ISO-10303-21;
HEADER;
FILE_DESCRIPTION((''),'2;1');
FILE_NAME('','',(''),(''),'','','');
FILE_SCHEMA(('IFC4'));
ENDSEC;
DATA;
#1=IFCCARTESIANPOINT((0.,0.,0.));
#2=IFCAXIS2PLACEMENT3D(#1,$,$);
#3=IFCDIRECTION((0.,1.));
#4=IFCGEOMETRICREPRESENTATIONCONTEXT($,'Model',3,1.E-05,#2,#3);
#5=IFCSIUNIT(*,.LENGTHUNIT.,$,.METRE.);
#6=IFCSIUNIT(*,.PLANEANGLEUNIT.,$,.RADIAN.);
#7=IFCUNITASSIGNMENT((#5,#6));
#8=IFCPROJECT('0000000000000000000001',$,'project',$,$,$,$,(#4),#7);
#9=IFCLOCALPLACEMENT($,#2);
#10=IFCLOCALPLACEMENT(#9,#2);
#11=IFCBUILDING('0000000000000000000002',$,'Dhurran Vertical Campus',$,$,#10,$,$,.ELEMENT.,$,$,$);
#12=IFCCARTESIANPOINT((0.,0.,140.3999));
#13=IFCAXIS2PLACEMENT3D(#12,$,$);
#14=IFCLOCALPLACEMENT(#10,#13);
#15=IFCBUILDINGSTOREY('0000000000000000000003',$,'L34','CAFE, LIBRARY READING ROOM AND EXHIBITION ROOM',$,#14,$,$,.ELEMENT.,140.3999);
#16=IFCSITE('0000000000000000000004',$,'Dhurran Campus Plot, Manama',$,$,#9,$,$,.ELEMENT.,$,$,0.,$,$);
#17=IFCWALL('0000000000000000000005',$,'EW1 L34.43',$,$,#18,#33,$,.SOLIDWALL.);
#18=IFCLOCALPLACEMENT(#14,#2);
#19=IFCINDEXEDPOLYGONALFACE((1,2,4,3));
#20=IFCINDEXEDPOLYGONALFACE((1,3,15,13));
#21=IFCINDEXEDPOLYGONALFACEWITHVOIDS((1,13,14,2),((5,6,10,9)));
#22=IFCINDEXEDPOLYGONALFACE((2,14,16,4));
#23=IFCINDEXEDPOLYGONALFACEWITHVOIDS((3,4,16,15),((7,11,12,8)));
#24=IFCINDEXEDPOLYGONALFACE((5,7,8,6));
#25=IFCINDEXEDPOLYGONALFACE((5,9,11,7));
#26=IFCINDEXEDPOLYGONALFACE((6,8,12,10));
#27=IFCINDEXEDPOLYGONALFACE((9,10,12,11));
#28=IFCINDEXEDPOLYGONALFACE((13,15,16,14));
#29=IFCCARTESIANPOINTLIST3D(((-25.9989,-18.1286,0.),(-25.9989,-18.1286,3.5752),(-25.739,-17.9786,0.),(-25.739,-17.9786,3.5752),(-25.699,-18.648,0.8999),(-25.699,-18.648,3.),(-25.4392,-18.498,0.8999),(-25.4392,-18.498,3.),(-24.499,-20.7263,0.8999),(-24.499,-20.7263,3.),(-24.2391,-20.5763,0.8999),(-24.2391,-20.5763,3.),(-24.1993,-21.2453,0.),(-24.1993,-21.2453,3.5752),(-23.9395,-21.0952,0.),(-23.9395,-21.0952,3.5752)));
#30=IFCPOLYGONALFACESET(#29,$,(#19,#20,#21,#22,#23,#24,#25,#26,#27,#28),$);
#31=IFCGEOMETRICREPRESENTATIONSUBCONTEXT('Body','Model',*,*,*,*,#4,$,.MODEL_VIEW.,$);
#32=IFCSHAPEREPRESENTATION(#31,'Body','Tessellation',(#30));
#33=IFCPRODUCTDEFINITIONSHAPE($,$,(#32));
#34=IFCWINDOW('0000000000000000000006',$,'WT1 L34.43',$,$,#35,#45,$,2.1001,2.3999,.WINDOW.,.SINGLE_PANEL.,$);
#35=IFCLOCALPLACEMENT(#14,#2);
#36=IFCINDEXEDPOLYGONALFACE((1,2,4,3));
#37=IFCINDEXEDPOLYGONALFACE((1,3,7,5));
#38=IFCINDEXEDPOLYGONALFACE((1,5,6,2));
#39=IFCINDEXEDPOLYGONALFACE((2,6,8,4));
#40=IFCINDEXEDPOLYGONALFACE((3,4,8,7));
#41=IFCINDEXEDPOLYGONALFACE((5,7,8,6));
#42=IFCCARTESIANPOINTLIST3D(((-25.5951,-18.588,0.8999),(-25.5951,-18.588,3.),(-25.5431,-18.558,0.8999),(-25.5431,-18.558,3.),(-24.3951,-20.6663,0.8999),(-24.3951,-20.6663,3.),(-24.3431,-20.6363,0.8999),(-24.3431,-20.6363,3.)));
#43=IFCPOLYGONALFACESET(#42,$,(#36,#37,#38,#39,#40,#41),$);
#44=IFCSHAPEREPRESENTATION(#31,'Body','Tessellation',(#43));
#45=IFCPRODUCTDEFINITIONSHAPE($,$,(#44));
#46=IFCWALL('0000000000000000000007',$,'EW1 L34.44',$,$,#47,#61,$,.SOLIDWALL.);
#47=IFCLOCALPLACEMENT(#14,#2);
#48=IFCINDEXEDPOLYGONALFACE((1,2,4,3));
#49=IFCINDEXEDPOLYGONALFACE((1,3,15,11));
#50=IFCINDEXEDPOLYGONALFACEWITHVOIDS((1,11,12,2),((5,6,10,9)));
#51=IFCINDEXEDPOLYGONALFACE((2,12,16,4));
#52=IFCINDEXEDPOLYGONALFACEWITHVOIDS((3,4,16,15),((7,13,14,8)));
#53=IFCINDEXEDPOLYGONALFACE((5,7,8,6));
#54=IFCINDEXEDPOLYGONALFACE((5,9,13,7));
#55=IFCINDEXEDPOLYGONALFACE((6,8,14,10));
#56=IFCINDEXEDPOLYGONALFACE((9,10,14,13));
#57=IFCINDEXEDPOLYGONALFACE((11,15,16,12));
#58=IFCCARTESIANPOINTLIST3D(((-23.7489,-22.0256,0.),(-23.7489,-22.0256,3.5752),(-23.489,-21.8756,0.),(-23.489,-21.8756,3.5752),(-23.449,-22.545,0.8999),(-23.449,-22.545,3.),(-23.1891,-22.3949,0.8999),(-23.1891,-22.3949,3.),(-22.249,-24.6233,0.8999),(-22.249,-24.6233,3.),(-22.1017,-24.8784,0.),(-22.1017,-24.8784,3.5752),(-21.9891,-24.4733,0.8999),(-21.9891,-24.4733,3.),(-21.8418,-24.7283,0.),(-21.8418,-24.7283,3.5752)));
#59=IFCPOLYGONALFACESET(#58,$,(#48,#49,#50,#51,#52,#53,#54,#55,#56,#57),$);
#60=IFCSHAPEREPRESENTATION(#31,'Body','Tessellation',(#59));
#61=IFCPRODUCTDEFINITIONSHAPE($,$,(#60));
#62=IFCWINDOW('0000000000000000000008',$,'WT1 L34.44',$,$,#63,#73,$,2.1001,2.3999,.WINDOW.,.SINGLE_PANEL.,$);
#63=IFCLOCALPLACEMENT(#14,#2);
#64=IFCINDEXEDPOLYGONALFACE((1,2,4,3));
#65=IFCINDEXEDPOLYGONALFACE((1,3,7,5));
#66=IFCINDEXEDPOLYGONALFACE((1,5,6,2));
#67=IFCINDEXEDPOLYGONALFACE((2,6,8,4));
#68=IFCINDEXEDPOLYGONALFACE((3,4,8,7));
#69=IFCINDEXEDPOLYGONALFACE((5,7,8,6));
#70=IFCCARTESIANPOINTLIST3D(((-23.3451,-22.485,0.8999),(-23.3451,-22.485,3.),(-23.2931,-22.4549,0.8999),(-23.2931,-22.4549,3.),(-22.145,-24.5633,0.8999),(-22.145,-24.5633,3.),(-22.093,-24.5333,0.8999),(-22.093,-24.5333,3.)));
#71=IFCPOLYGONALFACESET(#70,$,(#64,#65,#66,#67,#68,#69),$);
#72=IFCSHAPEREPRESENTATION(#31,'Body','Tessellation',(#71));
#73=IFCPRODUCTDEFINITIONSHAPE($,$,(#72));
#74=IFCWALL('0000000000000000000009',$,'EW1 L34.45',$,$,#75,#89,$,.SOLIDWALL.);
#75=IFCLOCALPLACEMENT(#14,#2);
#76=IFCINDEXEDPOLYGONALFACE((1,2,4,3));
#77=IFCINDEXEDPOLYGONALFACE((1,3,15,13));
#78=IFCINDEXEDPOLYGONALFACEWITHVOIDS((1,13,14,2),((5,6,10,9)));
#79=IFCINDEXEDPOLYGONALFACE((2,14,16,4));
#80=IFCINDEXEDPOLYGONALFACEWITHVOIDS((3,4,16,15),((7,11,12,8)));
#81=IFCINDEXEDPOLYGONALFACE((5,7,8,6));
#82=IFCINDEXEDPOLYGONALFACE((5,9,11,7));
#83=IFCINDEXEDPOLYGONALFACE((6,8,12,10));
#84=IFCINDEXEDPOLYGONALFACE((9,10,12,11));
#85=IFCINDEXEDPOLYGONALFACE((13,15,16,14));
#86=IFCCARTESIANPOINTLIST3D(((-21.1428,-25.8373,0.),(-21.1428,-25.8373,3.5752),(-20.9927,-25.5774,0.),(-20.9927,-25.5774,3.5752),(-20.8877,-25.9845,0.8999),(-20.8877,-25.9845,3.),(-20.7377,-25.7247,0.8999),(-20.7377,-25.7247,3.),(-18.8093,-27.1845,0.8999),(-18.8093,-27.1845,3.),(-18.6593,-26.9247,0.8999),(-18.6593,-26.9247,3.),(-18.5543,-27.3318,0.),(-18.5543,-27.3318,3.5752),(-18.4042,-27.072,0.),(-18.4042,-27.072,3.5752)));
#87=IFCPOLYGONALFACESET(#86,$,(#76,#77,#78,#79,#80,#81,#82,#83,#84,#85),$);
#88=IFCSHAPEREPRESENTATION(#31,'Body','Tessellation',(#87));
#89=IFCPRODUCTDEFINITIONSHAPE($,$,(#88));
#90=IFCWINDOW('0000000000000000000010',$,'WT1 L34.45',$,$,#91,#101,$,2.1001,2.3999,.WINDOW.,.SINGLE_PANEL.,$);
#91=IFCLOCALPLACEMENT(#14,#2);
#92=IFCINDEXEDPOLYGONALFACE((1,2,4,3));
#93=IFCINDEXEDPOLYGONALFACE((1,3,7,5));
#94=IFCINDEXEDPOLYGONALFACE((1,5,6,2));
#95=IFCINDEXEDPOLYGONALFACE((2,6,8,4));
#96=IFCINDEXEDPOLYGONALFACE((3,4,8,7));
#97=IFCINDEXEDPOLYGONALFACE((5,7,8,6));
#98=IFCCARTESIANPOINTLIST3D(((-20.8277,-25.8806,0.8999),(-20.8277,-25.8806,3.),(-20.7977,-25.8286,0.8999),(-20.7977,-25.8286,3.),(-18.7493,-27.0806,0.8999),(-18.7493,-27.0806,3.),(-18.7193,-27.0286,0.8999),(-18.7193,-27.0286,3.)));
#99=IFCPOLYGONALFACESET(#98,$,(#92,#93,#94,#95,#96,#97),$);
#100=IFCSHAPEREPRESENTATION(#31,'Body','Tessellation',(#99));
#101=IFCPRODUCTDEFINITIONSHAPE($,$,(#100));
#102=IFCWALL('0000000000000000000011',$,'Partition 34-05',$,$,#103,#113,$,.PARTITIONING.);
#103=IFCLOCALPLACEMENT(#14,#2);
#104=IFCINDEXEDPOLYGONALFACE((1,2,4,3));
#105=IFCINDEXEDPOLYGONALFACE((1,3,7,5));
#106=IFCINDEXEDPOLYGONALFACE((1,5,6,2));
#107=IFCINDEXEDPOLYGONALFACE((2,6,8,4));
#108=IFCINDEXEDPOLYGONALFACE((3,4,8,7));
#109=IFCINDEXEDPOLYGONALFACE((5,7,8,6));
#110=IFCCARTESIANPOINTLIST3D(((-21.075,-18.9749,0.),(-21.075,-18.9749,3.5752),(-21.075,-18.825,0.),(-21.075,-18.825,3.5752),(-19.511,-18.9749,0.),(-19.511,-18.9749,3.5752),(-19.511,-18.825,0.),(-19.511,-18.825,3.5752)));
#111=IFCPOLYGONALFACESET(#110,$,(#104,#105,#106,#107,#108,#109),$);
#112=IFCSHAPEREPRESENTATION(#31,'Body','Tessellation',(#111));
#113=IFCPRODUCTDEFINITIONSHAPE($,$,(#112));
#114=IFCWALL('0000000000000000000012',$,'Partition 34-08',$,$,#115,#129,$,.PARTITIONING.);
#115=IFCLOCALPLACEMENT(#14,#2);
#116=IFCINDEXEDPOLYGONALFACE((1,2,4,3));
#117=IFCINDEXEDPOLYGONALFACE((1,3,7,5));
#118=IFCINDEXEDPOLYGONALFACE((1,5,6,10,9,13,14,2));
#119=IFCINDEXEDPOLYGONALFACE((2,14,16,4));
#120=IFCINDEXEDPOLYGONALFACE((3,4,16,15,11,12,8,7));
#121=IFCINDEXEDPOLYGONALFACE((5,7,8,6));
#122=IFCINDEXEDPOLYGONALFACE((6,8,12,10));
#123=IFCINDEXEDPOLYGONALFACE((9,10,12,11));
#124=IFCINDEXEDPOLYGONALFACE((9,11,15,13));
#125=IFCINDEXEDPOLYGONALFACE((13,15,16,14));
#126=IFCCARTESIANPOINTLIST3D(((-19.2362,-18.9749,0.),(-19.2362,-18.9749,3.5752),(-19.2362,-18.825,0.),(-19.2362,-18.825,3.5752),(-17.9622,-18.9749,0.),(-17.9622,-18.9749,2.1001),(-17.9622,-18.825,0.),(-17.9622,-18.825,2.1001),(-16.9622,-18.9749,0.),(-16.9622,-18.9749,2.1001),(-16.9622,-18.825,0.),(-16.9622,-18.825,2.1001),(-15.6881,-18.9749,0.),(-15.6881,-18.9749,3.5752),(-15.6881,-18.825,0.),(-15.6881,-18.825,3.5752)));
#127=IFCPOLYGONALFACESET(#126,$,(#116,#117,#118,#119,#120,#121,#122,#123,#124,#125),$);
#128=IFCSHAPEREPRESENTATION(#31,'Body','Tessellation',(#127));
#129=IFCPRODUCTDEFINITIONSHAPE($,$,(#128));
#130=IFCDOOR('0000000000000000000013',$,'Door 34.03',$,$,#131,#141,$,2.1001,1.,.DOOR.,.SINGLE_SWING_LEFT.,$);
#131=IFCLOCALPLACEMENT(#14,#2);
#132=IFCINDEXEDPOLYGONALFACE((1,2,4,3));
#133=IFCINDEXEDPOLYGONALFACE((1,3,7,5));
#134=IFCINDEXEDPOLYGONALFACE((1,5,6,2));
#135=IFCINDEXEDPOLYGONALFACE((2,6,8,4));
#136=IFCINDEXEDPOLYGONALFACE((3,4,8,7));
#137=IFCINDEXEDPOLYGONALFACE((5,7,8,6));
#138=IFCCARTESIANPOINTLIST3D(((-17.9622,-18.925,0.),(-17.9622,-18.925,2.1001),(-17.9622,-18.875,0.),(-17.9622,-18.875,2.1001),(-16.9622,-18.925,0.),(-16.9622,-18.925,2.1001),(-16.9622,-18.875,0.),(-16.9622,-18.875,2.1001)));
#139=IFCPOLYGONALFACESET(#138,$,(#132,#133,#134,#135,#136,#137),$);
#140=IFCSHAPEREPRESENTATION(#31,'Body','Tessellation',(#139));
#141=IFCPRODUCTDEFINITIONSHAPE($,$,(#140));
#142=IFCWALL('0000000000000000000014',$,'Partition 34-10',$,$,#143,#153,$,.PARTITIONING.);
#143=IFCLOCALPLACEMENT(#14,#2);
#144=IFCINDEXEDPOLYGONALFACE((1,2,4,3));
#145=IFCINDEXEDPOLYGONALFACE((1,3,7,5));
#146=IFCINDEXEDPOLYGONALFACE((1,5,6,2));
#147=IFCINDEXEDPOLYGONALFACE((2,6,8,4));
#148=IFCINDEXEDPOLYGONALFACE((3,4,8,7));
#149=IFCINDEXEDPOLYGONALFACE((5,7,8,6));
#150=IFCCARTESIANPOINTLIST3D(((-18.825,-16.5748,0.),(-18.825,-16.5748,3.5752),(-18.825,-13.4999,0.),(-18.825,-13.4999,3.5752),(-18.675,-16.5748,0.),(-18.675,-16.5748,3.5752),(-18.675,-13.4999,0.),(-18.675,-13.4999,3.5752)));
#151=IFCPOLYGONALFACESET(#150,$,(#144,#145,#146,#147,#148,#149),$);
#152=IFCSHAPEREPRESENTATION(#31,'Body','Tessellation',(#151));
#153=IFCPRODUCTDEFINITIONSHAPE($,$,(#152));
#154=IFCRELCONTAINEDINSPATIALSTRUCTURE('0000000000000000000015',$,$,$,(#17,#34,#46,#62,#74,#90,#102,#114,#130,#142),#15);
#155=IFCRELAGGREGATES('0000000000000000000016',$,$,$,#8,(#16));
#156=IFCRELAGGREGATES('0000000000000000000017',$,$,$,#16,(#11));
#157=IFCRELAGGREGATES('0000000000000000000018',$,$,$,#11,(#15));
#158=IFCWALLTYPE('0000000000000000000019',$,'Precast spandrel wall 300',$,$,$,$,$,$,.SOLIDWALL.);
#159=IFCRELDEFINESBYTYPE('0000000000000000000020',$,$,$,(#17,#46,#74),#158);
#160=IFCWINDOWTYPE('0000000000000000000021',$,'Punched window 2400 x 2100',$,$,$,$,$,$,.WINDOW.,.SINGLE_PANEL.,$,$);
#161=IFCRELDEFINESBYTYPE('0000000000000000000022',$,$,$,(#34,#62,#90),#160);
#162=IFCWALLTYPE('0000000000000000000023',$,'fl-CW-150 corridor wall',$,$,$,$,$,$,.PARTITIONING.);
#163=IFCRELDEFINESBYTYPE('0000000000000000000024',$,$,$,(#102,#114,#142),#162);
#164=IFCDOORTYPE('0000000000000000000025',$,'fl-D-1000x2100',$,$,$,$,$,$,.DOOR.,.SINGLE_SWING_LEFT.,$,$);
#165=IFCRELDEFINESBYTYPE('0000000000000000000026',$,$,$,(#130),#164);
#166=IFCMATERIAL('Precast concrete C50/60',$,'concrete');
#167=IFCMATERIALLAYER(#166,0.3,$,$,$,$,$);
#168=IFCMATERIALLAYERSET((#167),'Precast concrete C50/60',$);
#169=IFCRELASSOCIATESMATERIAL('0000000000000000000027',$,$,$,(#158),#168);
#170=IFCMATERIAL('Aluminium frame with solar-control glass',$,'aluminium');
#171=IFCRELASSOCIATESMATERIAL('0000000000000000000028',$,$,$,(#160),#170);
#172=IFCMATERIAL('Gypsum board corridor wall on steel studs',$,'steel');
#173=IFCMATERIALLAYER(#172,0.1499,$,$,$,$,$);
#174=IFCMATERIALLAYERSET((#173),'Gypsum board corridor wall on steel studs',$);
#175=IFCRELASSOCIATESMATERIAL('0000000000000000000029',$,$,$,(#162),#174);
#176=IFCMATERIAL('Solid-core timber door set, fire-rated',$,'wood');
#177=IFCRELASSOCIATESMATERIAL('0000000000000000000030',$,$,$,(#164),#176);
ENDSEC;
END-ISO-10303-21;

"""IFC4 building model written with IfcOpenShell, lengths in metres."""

from ifc_helpers import new_model, si_unit, direction, frame, frame_2d, origin, place, context, subcontext, project, spatial, rectangle, extrude, material, layer, layer_set, type_object, element, fill, save


model = new_model("IFC4")

# Units and contexts
model_context = context("Model", 3, precision=1e-05, world=origin(), true_north=direction((0.0, 1.0)))
body_context = subcontext(model_context, "Body", "Model", "MODEL_VIEW")
ifc_project = project(units=[si_unit("LENGTHUNIT", "METRE"), si_unit("PLANEANGLEUNIT", "RADIAN")], contexts=[model_context])

# Site, building, storey
site_placement = place(None, origin())
site = spatial("IfcSite", under=ifc_project, at=site_placement, Name="Dhurran Campus Plot, Manama", CompositionType="ELEMENT", RefElevation=0.0)
building_placement = place(site_placement, origin())
building = spatial("IfcBuilding", under=site, at=building_placement, Name="Dhurran Vertical Campus", CompositionType="ELEMENT")
storey_placement = place(building_placement, frame((0.0, 0.0, 140.3999)))
storey = spatial("IfcBuildingStorey", under=building, at=storey_placement, Name="L34", Description="CAFE, LIBRARY READING ROOM AND EXHIBITION ROOM", CompositionType="ELEMENT", Elevation=140.3999)

# Walls, openings, windows
ifc_material_1 = material(Name="Precast concrete C50/60", Category="concrete")
ifc_layer_1 = layer(ifc_material_1, 0.3)
ifc_layer_set_1 = layer_set([ifc_layer_1], Name="Precast concrete C50/60")
wall_type_1 = type_object("IfcWallType", Name="Precast spandrel wall 300", PredefinedType="SOLIDWALL", material=ifc_layer_set_1)
ifc_material_2 = material(Name="Aluminium frame with solar-control glass", Category="aluminium")
window_type = type_object("IfcWindowType", Name="Punched window 2400 x 2100", PartitioningType="SINGLE_PANEL", PredefinedType="WINDOW", material=ifc_material_2)
wall_1_placement = place(storey_placement, frame((-25.8689, -18.0537, 0.0), z_axis=(0.0, 0.0, 1.0), x_axis=(0.500028, -0.866009, 0.0)))
wall_1 = element("IfcWall", 1, at=wall_1_placement, inside=storey, type_object=wall_type_1, Name="EW1 L34.43", PredefinedType="SOLIDWALL", context=body_context, shape_type="SweptSolid", body=[
    extrude(rectangle(XDim=3.5989, YDim=0.3, at=frame_2d((1.7993, 0.0))), origin(), (0.0, 0.0, 1.0), 3.5752),
])
opening_1_placement = place(wall_1_placement, frame((0.5996, 0.0, 0.8999)))
opening_1 = element("IfcOpeningElement", 2, at=opening_1_placement, cuts=wall_1, PredefinedType="OPENING", context=body_context, shape_type="SweptSolid", body=[
    extrude(rectangle(XDim=2.3999, YDim=2.1001, at=frame_2d((1.2, 1.05))), frame((0.0, 0.1599, 0.0), z_axis=(0.0, -1.0, 0.0), x_axis=(1.0, 0.0, 0.0)), (0.0, 0.0, 1.0), 0.3201),
])
window_1_placement = place(opening_1_placement, origin())
window_1 = element("IfcWindow", 3, at=window_1_placement, inside=storey, type_object=window_type, Name="WT1 L34.43", OverallHeight=2.1001, OverallWidth=2.3999, PartitioningType="SINGLE_PANEL", PredefinedType="WINDOW", context=body_context, shape_type="SweptSolid", body=[
    extrude(rectangle(XDim=2.3999, YDim=2.1001, at=frame_2d((1.2, 1.05))), frame((0.0, 0.03, 0.0), z_axis=(0.0, -1.0, 0.0), x_axis=(1.0, 0.0, 0.0)), (0.0, 0.0, 1.0), 0.0601),
])
fill(opening_1, window_1)
wall_2_placement = place(storey_placement, frame((-23.6189, -21.9507, 0.0), z_axis=(0.0, 0.0, 1.0), x_axis=(0.500037, -0.866004, 0.0)))
wall_2 = element("IfcWall", 4, at=wall_2_placement, inside=storey, type_object=wall_type_1, Name="EW1 L34.44", PredefinedType="SOLIDWALL", context=body_context, shape_type="SweptSolid", body=[
    extrude(rectangle(XDim=3.2942, YDim=0.3, at=frame_2d((1.647, 0.0))), origin(), (0.0, 0.0, 1.0), 3.5752),
])
opening_2_placement = place(wall_2_placement, frame((0.5996, 0.0, 0.8999)))
opening_2 = element("IfcOpeningElement", 5, at=opening_2_placement, cuts=wall_2, PredefinedType="OPENING", context=body_context, shape_type="SweptSolid", body=[
    extrude(rectangle(XDim=2.3999, YDim=2.1001, at=frame_2d((1.2, 1.05))), frame((0.0, 0.1599, 0.0), z_axis=(0.0, -1.0, 0.0), x_axis=(1.0, 0.0, 0.0)), (0.0, 0.0, 1.0), 0.3201),
])
window_2_placement = place(opening_2_placement, origin())
window_2 = element("IfcWindow", 6, at=window_2_placement, inside=storey, type_object=window_type, Name="WT1 L34.44", OverallHeight=2.1001, OverallWidth=2.3999, PartitioningType="SINGLE_PANEL", PredefinedType="WINDOW", context=body_context, shape_type="SweptSolid", body=[
    extrude(rectangle(XDim=2.3999, YDim=2.1001, at=frame_2d((1.2, 1.05))), frame((0.0, 0.03, 0.0), z_axis=(0.0, -1.0, 0.0), x_axis=(1.0, 0.0, 0.0)), (0.0, 0.0, 1.0), 0.0601),
])
fill(opening_2, window_2)
wall_3_placement = place(storey_placement, frame((-21.0679, -25.7073, 0.0), z_axis=(0.0, 0.0, 1.0), x_axis=(0.866013, -0.500022, 0.0)))
wall_3 = element("IfcWall", 7, at=wall_3_placement, inside=storey, type_object=wall_type_1, Name="EW1 L34.45", PredefinedType="SOLIDWALL", context=body_context, shape_type="SweptSolid", body=[
    extrude(rectangle(XDim=2.989, YDim=0.3, at=frame_2d((1.4946, 0.0))), origin(), (0.0, 0.0, 1.0), 3.5752),
])
opening_3_placement = place(wall_3_placement, frame((0.2947, 0.0, 0.8999)))
opening_3 = element("IfcOpeningElement", 8, at=opening_3_placement, cuts=wall_3, PredefinedType="OPENING", context=body_context, shape_type="SweptSolid", body=[
    extrude(rectangle(XDim=2.3999, YDim=2.1001, at=frame_2d((1.2, 1.05))), frame((0.0, 0.1599, 0.0), z_axis=(0.0, -1.0, 0.0), x_axis=(1.0, 0.0, 0.0)), (0.0, 0.0, 1.0), 0.3201),
])
window_3_placement = place(opening_3_placement, origin())
window_3 = element("IfcWindow", 9, at=window_3_placement, inside=storey, type_object=window_type, Name="WT1 L34.45", OverallHeight=2.1001, OverallWidth=2.3999, PartitioningType="SINGLE_PANEL", PredefinedType="WINDOW", context=body_context, shape_type="SweptSolid", body=[
    extrude(rectangle(XDim=2.3999, YDim=2.1001, at=frame_2d((1.2, 1.05))), frame((0.0, 0.03, 0.0), z_axis=(0.0, -1.0, 0.0), x_axis=(1.0, 0.0, 0.0)), (0.0, 0.0, 1.0), 0.0601),
])
fill(opening_3, window_3)

# Wall
ifc_material_3 = material(Name="Gypsum board corridor wall on steel studs", Category="steel")
ifc_layer_2 = layer(ifc_material_3, 0.1499)
ifc_layer_set_2 = layer_set([ifc_layer_2], Name="Gypsum board corridor wall on steel studs")
wall_type_2 = type_object("IfcWallType", Name="fl-CW-150 corridor wall", PredefinedType="PARTITIONING", material=ifc_layer_set_2)
wall_4_placement = place(storey_placement, frame((-21.075, -18.8999, 0.0), z_axis=(0.0, 0.0, 1.0), x_axis=(1.0, 0.0, 0.0)))
element("IfcWall", 10, at=wall_4_placement, inside=storey, type_object=wall_type_2, Name="Partition 34-05", PredefinedType="PARTITIONING", context=body_context, shape_type="SweptSolid", body=[
    extrude(rectangle(XDim=1.564, YDim=0.1499, at=frame_2d((0.782, 0.0))), origin(), (0.0, 0.0, 1.0), 3.5752),
])

# Wall, opening, door
wall_5_placement = place(storey_placement, frame((-19.2361, -18.8999, 0.0), z_axis=(0.0, 0.0, 1.0), x_axis=(1.0, 0.0, 0.0)))
wall_5 = element("IfcWall", 11, at=wall_5_placement, inside=storey, type_object=wall_type_2, Name="Partition 34-08", PredefinedType="PARTITIONING", context=body_context, shape_type="SweptSolid", body=[
    extrude(rectangle(XDim=3.5481, YDim=0.1499, at=frame_2d((1.7739, 0.0))), origin(), (0.0, 0.0, 1.0), 3.5752),
])
opening_4_placement = place(wall_5_placement, frame((1.2739, 0.0, 0.0)))
opening_4 = element("IfcOpeningElement", 12, at=opening_4_placement, cuts=wall_5, PredefinedType="OPENING", context=body_context, shape_type="SweptSolid", body=[
    extrude(rectangle(XDim=1.0, YDim=2.1001, at=frame_2d((0.5, 1.05))), frame((0.0, 0.085, 0.0), z_axis=(0.0, -1.0, 0.0), x_axis=(1.0, 0.0, 0.0)), (0.0, 0.0, 1.0), 0.1699),
])
ifc_material_4 = material(Name="Solid-core timber door set, fire-rated", Category="wood")
door_type = type_object("IfcDoorType", Name="fl-D-1000x2100", OperationType="SINGLE_SWING_LEFT", PredefinedType="DOOR", material=ifc_material_4)
door_1_placement = place(opening_4_placement, origin())
door_1 = element("IfcDoor", 13, at=door_1_placement, inside=storey, type_object=door_type, Name="Door 34.03", OperationType="SINGLE_SWING_LEFT", OverallHeight=2.1001, OverallWidth=1.0, PredefinedType="DOOR", context=body_context, shape_type="SweptSolid", body=[
    extrude(rectangle(XDim=1.0, YDim=2.1001, at=frame_2d((0.5, 1.05))), frame((0.0, 0.0249, 0.0), z_axis=(0.0, -1.0, 0.0), x_axis=(1.0, 0.0, 0.0)), (0.0, 0.0, 1.0), 0.05),
])
fill(opening_4, door_1)

# Wall
wall_6_placement = place(storey_placement, frame((-18.75, -16.575, 0.0), z_axis=(0.0, 0.0, 1.0), x_axis=(0.0, 1.0, 0.0)))
element("IfcWall", 14, at=wall_6_placement, inside=storey, type_object=wall_type_2, Name="Partition 34-10", PredefinedType="PARTITIONING", context=body_context, shape_type="SweptSolid", body=[
    extrude(rectangle(XDim=3.075, YDim=0.1499, at=frame_2d((1.5376, 0.0))), origin(), (0.0, 0.0, 1.0), 3.5752),
])

save(model, "model.ifc")
